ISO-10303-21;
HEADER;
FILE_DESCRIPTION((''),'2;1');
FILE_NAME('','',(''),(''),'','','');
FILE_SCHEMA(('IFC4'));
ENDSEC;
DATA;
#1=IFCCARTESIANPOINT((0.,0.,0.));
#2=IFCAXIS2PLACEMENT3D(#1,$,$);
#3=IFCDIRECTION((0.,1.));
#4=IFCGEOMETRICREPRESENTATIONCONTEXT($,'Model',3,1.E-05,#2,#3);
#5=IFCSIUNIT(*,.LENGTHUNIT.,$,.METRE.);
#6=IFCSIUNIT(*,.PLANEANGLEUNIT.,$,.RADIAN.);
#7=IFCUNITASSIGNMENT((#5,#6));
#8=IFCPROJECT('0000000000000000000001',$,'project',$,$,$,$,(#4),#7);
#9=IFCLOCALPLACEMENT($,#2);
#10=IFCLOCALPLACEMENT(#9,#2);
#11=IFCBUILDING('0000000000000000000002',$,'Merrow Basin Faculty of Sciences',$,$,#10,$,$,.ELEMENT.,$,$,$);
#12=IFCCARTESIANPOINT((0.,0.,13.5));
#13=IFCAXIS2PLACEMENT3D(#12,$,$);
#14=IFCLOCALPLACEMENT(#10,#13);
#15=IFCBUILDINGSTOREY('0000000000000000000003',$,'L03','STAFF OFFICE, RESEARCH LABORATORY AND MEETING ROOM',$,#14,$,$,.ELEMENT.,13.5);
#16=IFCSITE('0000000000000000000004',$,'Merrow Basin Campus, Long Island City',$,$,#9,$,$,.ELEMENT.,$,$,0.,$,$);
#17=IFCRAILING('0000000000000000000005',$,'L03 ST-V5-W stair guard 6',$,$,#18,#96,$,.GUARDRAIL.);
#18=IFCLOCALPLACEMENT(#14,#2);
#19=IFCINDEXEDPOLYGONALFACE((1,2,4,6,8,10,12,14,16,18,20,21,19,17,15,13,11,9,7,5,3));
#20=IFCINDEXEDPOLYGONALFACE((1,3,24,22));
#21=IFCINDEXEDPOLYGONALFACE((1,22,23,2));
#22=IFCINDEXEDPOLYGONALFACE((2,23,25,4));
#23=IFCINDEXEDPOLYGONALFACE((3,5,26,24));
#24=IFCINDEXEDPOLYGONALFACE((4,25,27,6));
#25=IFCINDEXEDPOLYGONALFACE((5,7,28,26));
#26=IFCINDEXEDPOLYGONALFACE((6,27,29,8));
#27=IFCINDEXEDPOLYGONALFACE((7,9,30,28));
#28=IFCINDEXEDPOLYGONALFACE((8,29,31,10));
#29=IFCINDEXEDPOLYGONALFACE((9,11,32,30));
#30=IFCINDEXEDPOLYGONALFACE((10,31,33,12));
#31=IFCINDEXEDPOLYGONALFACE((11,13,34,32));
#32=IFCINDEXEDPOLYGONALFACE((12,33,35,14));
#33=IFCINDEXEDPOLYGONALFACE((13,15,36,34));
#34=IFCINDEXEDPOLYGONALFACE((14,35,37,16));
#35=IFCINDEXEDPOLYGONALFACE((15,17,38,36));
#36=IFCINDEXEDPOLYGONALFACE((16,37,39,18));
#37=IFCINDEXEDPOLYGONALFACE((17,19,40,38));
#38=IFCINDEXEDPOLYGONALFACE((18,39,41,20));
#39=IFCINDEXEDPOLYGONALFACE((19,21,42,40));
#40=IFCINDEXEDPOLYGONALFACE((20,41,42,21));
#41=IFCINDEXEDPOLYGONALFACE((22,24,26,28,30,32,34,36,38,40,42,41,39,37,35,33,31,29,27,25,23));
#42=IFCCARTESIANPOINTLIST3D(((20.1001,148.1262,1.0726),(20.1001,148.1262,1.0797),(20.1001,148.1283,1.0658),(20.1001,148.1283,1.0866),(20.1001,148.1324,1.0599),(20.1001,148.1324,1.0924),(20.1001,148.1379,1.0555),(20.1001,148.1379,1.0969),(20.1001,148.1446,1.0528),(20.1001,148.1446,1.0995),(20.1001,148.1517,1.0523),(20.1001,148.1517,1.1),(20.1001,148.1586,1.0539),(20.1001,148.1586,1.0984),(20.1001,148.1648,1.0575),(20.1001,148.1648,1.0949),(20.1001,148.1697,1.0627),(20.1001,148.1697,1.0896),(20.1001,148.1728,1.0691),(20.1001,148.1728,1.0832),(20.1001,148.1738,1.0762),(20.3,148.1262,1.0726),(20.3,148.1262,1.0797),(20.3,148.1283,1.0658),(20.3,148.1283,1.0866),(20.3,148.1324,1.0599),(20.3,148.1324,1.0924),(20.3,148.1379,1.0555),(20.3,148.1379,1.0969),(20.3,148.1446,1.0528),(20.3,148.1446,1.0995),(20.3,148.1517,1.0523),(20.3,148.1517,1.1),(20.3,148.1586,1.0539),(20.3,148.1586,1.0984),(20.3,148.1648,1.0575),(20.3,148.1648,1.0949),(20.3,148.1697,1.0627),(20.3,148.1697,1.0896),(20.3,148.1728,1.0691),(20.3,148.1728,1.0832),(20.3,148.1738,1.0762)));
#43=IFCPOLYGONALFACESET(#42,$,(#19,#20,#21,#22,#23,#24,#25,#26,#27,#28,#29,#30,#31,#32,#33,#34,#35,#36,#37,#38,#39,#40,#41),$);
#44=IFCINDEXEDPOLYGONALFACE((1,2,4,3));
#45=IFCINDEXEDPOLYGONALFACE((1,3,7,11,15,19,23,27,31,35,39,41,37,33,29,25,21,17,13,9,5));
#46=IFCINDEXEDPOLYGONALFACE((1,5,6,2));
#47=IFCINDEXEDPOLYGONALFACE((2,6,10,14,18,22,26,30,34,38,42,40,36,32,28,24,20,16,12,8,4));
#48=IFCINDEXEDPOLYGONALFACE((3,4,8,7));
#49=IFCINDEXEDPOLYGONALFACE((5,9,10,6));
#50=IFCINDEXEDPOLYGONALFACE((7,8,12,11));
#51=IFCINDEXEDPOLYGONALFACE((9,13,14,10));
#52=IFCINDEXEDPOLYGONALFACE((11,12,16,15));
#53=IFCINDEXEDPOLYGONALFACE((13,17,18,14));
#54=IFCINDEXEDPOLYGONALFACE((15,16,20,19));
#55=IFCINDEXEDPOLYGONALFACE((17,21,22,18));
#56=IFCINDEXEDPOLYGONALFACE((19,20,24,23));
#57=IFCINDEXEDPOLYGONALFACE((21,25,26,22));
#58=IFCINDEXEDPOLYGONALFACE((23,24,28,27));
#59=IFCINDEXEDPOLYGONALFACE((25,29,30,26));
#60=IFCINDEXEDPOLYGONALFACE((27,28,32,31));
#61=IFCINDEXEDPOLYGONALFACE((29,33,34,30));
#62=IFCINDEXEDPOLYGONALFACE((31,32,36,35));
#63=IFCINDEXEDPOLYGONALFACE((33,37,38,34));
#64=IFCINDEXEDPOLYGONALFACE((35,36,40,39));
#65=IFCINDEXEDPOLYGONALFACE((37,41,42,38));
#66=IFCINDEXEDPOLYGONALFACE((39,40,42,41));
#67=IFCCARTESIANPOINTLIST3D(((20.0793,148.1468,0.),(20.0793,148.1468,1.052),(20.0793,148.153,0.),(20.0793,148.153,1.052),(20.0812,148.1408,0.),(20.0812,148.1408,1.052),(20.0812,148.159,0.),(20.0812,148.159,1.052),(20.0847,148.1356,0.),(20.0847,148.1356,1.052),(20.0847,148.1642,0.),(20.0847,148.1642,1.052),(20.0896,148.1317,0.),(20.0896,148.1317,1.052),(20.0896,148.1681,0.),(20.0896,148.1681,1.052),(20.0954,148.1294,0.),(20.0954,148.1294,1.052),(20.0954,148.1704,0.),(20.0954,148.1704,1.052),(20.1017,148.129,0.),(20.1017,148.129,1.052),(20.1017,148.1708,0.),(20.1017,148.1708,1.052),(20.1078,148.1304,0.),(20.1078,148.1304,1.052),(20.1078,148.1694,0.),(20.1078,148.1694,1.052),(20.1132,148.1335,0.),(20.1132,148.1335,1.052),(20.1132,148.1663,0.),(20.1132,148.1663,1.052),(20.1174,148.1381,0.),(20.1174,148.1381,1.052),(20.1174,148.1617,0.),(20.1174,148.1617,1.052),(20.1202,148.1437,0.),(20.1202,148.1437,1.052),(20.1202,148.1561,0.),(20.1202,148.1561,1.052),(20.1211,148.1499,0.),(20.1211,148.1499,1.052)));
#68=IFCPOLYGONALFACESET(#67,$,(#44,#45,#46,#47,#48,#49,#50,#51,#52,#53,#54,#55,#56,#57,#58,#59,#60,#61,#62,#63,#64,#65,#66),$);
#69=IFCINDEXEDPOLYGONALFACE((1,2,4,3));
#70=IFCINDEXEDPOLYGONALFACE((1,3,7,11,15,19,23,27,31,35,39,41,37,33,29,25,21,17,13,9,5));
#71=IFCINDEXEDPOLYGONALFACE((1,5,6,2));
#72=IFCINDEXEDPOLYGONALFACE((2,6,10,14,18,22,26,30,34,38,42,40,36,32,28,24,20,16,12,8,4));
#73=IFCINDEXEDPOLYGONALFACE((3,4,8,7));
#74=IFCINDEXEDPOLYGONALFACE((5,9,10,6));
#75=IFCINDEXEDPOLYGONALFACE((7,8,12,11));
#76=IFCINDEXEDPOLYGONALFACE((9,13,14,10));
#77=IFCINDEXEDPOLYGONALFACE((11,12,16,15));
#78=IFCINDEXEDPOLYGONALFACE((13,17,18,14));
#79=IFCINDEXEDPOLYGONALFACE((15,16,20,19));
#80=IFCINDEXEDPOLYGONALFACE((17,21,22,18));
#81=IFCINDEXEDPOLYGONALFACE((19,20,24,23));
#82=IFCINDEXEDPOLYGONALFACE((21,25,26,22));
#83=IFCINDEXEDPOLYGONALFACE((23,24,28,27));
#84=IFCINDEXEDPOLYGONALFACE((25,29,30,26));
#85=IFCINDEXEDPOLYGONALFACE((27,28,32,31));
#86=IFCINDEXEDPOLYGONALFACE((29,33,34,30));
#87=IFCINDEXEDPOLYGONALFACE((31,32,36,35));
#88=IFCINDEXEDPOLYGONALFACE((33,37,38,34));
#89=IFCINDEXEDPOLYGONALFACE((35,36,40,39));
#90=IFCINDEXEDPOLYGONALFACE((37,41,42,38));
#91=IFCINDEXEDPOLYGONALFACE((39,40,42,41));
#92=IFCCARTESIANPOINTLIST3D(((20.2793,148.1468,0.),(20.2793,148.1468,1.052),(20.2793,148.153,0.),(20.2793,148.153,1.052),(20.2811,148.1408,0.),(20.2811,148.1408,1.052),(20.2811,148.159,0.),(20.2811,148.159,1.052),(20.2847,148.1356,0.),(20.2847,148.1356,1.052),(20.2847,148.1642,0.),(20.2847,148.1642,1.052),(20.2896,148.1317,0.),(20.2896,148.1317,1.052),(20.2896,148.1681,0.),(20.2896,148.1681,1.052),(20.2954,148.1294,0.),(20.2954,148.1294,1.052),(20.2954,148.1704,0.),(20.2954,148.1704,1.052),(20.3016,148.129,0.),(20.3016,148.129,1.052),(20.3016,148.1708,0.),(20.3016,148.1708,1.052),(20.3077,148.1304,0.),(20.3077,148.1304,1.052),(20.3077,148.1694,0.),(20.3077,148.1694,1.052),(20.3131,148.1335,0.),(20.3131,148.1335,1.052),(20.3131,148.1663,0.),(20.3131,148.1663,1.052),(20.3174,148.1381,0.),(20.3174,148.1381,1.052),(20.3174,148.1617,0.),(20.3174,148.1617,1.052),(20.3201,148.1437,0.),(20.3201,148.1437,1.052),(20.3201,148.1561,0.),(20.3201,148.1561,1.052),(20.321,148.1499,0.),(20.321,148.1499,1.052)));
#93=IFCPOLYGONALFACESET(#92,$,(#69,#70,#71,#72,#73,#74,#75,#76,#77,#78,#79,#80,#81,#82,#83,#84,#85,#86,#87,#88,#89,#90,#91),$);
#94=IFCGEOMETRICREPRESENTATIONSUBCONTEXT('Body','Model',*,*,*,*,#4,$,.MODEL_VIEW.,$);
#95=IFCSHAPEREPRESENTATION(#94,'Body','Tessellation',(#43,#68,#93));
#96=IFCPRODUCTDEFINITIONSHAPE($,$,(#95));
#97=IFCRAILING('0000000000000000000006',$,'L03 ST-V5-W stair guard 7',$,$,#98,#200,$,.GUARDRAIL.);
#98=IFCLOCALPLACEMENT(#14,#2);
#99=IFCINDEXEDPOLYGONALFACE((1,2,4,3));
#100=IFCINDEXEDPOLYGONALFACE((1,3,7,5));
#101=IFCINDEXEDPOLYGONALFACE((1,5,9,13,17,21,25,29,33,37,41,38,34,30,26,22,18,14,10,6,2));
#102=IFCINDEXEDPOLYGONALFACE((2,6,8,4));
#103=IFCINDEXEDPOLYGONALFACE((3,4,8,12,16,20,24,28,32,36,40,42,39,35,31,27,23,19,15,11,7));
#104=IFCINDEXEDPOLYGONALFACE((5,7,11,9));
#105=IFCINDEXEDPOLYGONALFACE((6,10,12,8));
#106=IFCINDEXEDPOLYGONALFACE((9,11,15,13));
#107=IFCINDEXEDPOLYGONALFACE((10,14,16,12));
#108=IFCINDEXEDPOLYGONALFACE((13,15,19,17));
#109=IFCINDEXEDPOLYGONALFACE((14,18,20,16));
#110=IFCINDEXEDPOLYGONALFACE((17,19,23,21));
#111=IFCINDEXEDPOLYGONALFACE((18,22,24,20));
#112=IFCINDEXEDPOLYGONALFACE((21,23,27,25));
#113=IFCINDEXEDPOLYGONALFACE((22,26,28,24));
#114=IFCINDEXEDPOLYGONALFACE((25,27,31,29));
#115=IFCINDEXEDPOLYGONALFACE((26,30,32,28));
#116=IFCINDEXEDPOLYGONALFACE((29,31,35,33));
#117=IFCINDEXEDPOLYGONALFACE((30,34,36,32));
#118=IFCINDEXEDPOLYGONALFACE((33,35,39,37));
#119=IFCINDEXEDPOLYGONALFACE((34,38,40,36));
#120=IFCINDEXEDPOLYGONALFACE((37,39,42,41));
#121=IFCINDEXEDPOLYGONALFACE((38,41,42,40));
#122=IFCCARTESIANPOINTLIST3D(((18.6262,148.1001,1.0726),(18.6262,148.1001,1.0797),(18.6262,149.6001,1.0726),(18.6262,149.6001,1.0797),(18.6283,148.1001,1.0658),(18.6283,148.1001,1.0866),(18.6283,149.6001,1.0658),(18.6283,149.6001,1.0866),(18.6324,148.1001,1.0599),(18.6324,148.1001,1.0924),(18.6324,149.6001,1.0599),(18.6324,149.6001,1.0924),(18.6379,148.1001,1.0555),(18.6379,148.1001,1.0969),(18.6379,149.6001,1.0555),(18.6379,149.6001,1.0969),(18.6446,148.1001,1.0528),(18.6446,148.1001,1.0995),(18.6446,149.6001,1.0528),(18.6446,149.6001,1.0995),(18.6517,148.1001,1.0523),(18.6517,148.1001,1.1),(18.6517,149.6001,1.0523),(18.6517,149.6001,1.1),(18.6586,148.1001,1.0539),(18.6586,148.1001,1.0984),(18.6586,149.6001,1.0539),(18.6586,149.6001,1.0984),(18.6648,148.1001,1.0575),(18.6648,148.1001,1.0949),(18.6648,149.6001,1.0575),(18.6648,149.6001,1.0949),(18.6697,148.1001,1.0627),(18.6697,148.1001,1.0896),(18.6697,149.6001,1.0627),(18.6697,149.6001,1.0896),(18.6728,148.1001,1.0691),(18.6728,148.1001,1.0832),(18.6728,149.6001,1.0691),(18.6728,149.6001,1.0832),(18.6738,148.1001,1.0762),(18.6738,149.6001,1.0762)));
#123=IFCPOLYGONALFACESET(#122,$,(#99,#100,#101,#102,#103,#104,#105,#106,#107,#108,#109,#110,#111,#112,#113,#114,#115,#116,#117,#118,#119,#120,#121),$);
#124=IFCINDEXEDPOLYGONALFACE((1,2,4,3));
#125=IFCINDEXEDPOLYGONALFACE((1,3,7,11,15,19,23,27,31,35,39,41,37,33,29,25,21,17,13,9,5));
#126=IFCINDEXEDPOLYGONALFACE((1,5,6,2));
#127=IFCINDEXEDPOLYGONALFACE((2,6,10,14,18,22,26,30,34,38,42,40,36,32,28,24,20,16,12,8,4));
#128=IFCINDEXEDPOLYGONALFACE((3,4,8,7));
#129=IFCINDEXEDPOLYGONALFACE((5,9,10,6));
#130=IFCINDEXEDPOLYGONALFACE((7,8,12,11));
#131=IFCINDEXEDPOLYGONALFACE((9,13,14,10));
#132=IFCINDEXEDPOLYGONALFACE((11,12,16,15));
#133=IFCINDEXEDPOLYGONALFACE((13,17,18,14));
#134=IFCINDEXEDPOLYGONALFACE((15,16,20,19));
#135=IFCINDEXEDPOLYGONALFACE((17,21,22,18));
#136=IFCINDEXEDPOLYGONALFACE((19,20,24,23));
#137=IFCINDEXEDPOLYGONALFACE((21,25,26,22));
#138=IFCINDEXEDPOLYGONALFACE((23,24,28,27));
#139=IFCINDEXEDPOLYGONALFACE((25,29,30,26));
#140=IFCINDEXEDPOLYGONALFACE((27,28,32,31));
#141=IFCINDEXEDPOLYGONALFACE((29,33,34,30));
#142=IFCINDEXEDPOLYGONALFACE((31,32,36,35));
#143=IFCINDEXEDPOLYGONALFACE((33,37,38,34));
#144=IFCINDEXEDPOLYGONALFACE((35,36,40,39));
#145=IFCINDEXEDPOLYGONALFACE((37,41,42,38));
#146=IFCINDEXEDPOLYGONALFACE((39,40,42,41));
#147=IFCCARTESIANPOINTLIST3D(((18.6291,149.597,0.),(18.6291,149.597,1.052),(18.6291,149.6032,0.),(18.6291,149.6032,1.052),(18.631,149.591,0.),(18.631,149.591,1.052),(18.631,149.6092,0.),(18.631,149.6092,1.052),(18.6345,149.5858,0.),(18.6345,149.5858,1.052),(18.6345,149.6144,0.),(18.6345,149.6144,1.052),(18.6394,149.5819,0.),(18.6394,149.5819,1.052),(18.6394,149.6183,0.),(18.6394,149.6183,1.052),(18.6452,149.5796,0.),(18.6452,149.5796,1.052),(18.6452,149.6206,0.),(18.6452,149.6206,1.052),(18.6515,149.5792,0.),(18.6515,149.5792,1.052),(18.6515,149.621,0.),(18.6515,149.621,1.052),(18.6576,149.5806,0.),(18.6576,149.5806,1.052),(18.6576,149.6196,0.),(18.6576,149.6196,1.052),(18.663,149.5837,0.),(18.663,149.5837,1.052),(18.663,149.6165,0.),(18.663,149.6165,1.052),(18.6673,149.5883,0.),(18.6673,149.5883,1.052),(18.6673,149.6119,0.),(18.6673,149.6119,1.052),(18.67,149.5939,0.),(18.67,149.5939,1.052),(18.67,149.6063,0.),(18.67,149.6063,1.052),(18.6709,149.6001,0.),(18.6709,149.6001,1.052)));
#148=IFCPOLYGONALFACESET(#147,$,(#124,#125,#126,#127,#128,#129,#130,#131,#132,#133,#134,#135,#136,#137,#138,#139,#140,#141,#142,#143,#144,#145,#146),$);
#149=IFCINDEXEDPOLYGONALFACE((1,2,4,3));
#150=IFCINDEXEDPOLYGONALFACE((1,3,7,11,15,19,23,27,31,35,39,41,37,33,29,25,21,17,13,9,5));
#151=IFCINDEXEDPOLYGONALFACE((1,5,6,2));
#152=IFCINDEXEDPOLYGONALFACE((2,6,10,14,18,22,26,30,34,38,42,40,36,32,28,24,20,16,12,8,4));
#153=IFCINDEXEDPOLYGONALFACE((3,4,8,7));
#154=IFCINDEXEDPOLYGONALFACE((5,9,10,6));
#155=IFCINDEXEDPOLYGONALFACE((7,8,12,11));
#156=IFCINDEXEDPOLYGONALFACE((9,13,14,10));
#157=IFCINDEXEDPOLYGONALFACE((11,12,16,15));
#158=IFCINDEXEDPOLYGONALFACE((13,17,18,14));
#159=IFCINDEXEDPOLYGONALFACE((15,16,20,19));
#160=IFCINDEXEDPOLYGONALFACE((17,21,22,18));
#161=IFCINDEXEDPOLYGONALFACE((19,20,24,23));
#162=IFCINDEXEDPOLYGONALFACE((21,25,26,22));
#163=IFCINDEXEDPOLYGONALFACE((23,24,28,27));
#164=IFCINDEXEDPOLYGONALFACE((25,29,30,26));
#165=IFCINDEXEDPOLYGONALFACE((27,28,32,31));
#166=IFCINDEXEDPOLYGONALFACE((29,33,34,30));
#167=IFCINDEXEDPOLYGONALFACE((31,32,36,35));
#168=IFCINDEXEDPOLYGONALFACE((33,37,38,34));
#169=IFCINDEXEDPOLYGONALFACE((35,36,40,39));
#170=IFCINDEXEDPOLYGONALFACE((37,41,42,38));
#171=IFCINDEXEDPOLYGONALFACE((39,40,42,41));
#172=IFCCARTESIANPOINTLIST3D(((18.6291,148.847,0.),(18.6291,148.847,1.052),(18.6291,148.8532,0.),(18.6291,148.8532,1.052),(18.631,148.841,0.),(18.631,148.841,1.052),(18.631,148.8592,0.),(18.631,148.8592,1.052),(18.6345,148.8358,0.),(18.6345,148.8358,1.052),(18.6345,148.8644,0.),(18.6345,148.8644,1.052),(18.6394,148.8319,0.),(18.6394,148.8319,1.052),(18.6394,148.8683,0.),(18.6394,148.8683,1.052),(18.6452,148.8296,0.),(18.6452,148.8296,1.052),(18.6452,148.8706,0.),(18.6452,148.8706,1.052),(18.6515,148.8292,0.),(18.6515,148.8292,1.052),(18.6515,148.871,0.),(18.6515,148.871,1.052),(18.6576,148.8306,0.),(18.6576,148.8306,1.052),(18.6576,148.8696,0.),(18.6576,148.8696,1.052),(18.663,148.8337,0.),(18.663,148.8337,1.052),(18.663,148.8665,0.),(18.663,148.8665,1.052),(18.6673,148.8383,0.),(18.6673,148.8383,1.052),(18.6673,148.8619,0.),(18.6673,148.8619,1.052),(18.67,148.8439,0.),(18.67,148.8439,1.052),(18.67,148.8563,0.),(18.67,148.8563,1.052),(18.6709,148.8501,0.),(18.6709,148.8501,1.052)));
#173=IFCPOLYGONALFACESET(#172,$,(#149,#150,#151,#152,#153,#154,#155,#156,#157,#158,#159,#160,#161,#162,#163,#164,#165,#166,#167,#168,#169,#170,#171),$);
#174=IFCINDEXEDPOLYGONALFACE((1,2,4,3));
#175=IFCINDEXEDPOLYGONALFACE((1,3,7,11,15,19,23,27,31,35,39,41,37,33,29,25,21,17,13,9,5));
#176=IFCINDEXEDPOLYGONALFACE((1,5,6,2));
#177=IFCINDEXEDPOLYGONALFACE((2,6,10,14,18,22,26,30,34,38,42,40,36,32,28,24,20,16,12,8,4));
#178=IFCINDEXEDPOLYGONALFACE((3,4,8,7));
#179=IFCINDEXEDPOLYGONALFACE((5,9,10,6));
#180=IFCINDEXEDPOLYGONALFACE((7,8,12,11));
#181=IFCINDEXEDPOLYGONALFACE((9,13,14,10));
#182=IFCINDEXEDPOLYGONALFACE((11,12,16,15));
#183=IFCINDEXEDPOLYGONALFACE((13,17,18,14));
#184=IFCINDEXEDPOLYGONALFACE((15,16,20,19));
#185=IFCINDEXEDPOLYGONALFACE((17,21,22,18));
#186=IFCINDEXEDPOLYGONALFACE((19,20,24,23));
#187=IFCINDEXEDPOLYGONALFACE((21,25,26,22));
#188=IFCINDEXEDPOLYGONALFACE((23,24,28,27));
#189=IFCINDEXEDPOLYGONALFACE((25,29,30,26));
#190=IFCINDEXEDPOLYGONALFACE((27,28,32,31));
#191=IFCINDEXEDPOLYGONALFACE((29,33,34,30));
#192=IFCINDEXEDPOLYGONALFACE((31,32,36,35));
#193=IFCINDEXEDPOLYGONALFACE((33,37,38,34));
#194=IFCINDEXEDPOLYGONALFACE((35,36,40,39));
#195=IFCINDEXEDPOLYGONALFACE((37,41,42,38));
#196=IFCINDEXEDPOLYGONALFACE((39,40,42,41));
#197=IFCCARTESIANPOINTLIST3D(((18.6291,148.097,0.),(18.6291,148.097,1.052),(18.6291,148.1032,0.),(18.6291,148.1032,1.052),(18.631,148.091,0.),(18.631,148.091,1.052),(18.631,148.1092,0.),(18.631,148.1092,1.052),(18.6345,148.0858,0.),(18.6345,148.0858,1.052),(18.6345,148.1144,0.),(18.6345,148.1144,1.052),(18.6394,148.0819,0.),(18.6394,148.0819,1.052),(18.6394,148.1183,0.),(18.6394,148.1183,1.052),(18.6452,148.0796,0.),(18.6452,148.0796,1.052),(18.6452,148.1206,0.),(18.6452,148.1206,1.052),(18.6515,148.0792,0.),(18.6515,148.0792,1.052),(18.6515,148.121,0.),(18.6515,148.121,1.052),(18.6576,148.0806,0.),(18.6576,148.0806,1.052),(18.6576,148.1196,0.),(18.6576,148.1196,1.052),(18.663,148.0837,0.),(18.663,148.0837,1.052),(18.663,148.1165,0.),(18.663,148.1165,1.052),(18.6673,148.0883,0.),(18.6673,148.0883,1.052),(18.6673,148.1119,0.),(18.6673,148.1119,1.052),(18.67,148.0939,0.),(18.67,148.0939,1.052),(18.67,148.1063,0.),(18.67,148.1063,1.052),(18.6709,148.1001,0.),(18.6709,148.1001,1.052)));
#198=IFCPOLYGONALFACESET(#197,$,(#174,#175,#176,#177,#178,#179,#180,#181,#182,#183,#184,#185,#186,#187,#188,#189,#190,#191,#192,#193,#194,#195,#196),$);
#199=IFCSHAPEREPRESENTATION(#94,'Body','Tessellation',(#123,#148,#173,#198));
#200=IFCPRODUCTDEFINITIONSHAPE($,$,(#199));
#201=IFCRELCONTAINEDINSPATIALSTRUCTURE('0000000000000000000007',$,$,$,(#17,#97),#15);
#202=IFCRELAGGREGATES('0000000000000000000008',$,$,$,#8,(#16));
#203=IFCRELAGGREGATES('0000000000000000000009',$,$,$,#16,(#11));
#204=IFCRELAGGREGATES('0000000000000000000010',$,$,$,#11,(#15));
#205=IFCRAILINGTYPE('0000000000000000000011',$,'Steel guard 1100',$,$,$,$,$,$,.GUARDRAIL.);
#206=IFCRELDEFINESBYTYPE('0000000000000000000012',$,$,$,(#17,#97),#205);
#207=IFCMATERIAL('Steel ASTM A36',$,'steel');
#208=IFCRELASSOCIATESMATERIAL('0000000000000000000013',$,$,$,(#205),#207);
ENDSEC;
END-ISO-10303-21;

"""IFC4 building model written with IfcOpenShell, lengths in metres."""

from ifc_helpers import new_model, si_unit, direction, frame, origin, origin_2d, place, context, subcontext, project, spatial, circle, extrude, material, type_object, element, save


model = new_model("IFC4")

# Units and contexts
model_context = context("Model", 3, precision=1e-05, world=origin(), true_north=direction((0.0, 1.0)))
body_context = subcontext(model_context, "Body", "Model", "MODEL_VIEW")
ifc_project = project(units=[si_unit("LENGTHUNIT", "METRE"), si_unit("PLANEANGLEUNIT", "RADIAN")], contexts=[model_context])

# Site, building, storey
site_placement = place(None, origin())
site = spatial("IfcSite", under=ifc_project, at=site_placement, Name="Merrow Basin Campus, Long Island City", CompositionType="ELEMENT", RefElevation=0.0)
building_placement = place(site_placement, origin())
building = spatial("IfcBuilding", under=site, at=building_placement, Name="Merrow Basin Faculty of Sciences", CompositionType="ELEMENT")
storey_placement = place(building_placement, frame((0.0, 0.0, 13.5)))
storey = spatial("IfcBuildingStorey", under=building, at=storey_placement, Name="L03", Description="STAFF OFFICE, RESEARCH LABORATORY AND MEETING ROOM", CompositionType="ELEMENT", Elevation=13.5)

# Railings
ifc_material_1 = material(Name="Steel ASTM A36", Category="steel")
railing_type_1 = type_object("IfcRailingType", Name="Steel guard 1100", PredefinedType="GUARDRAIL", material=ifc_material_1)
railing_1_placement = place(storey_placement, frame((20.1001, 148.1499, 0.0)))
element("IfcRailing", 1, at=railing_1_placement, inside=storey, type_object=railing_type_1, Name="L03 ST-V5-W stair guard 6", PredefinedType="GUARDRAIL", context=body_context, shape_type="SweptSolid", body=[
    extrude(circle(Radius=0.0239, at=origin_2d()), frame((0.0, 0.0, 1.0762), z_axis=(1.0, 0.0, 0.0), x_axis=(0.0, 1.0, 0.0)), (0.0, 0.0, 1.0), 0.2),
    extrude(circle(Radius=0.021, at=origin_2d()), origin(), (0.0, 0.0, 1.0), 1.052),
    extrude(circle(Radius=0.021, at=origin_2d()), frame((0.2, 0.0, 0.0)), (0.0, 0.0, 1.0), 1.052),
])
railing_2_placement = place(storey_placement, frame((18.6499, 149.6001, 0.0)))
element("IfcRailing", 2, at=railing_2_placement, inside=storey, type_object=railing_type_1, Name="L03 ST-V5-W stair guard 7", PredefinedType="GUARDRAIL", context=body_context, shape_type="SweptSolid", body=[
    extrude(circle(Radius=0.0239, at=origin_2d()), frame((0.0, 0.0, 1.0762), z_axis=(0.0, -1.0, 0.0), x_axis=(1.0, 0.0, 0.0)), (0.0, 0.0, 1.0), 1.5),
    extrude(circle(Radius=0.021, at=origin_2d()), origin(), (0.0, 0.0, 1.0), 1.052),
    extrude(circle(Radius=0.021, at=origin_2d()), frame((0.0, -0.75, 0.0)), (0.0, 0.0, 1.0), 1.052),
    extrude(circle(Radius=0.021, at=origin_2d()), frame((0.0, -1.5, 0.0)), (0.0, 0.0, 1.0), 1.052),
])

save(model, "model.ifc")
